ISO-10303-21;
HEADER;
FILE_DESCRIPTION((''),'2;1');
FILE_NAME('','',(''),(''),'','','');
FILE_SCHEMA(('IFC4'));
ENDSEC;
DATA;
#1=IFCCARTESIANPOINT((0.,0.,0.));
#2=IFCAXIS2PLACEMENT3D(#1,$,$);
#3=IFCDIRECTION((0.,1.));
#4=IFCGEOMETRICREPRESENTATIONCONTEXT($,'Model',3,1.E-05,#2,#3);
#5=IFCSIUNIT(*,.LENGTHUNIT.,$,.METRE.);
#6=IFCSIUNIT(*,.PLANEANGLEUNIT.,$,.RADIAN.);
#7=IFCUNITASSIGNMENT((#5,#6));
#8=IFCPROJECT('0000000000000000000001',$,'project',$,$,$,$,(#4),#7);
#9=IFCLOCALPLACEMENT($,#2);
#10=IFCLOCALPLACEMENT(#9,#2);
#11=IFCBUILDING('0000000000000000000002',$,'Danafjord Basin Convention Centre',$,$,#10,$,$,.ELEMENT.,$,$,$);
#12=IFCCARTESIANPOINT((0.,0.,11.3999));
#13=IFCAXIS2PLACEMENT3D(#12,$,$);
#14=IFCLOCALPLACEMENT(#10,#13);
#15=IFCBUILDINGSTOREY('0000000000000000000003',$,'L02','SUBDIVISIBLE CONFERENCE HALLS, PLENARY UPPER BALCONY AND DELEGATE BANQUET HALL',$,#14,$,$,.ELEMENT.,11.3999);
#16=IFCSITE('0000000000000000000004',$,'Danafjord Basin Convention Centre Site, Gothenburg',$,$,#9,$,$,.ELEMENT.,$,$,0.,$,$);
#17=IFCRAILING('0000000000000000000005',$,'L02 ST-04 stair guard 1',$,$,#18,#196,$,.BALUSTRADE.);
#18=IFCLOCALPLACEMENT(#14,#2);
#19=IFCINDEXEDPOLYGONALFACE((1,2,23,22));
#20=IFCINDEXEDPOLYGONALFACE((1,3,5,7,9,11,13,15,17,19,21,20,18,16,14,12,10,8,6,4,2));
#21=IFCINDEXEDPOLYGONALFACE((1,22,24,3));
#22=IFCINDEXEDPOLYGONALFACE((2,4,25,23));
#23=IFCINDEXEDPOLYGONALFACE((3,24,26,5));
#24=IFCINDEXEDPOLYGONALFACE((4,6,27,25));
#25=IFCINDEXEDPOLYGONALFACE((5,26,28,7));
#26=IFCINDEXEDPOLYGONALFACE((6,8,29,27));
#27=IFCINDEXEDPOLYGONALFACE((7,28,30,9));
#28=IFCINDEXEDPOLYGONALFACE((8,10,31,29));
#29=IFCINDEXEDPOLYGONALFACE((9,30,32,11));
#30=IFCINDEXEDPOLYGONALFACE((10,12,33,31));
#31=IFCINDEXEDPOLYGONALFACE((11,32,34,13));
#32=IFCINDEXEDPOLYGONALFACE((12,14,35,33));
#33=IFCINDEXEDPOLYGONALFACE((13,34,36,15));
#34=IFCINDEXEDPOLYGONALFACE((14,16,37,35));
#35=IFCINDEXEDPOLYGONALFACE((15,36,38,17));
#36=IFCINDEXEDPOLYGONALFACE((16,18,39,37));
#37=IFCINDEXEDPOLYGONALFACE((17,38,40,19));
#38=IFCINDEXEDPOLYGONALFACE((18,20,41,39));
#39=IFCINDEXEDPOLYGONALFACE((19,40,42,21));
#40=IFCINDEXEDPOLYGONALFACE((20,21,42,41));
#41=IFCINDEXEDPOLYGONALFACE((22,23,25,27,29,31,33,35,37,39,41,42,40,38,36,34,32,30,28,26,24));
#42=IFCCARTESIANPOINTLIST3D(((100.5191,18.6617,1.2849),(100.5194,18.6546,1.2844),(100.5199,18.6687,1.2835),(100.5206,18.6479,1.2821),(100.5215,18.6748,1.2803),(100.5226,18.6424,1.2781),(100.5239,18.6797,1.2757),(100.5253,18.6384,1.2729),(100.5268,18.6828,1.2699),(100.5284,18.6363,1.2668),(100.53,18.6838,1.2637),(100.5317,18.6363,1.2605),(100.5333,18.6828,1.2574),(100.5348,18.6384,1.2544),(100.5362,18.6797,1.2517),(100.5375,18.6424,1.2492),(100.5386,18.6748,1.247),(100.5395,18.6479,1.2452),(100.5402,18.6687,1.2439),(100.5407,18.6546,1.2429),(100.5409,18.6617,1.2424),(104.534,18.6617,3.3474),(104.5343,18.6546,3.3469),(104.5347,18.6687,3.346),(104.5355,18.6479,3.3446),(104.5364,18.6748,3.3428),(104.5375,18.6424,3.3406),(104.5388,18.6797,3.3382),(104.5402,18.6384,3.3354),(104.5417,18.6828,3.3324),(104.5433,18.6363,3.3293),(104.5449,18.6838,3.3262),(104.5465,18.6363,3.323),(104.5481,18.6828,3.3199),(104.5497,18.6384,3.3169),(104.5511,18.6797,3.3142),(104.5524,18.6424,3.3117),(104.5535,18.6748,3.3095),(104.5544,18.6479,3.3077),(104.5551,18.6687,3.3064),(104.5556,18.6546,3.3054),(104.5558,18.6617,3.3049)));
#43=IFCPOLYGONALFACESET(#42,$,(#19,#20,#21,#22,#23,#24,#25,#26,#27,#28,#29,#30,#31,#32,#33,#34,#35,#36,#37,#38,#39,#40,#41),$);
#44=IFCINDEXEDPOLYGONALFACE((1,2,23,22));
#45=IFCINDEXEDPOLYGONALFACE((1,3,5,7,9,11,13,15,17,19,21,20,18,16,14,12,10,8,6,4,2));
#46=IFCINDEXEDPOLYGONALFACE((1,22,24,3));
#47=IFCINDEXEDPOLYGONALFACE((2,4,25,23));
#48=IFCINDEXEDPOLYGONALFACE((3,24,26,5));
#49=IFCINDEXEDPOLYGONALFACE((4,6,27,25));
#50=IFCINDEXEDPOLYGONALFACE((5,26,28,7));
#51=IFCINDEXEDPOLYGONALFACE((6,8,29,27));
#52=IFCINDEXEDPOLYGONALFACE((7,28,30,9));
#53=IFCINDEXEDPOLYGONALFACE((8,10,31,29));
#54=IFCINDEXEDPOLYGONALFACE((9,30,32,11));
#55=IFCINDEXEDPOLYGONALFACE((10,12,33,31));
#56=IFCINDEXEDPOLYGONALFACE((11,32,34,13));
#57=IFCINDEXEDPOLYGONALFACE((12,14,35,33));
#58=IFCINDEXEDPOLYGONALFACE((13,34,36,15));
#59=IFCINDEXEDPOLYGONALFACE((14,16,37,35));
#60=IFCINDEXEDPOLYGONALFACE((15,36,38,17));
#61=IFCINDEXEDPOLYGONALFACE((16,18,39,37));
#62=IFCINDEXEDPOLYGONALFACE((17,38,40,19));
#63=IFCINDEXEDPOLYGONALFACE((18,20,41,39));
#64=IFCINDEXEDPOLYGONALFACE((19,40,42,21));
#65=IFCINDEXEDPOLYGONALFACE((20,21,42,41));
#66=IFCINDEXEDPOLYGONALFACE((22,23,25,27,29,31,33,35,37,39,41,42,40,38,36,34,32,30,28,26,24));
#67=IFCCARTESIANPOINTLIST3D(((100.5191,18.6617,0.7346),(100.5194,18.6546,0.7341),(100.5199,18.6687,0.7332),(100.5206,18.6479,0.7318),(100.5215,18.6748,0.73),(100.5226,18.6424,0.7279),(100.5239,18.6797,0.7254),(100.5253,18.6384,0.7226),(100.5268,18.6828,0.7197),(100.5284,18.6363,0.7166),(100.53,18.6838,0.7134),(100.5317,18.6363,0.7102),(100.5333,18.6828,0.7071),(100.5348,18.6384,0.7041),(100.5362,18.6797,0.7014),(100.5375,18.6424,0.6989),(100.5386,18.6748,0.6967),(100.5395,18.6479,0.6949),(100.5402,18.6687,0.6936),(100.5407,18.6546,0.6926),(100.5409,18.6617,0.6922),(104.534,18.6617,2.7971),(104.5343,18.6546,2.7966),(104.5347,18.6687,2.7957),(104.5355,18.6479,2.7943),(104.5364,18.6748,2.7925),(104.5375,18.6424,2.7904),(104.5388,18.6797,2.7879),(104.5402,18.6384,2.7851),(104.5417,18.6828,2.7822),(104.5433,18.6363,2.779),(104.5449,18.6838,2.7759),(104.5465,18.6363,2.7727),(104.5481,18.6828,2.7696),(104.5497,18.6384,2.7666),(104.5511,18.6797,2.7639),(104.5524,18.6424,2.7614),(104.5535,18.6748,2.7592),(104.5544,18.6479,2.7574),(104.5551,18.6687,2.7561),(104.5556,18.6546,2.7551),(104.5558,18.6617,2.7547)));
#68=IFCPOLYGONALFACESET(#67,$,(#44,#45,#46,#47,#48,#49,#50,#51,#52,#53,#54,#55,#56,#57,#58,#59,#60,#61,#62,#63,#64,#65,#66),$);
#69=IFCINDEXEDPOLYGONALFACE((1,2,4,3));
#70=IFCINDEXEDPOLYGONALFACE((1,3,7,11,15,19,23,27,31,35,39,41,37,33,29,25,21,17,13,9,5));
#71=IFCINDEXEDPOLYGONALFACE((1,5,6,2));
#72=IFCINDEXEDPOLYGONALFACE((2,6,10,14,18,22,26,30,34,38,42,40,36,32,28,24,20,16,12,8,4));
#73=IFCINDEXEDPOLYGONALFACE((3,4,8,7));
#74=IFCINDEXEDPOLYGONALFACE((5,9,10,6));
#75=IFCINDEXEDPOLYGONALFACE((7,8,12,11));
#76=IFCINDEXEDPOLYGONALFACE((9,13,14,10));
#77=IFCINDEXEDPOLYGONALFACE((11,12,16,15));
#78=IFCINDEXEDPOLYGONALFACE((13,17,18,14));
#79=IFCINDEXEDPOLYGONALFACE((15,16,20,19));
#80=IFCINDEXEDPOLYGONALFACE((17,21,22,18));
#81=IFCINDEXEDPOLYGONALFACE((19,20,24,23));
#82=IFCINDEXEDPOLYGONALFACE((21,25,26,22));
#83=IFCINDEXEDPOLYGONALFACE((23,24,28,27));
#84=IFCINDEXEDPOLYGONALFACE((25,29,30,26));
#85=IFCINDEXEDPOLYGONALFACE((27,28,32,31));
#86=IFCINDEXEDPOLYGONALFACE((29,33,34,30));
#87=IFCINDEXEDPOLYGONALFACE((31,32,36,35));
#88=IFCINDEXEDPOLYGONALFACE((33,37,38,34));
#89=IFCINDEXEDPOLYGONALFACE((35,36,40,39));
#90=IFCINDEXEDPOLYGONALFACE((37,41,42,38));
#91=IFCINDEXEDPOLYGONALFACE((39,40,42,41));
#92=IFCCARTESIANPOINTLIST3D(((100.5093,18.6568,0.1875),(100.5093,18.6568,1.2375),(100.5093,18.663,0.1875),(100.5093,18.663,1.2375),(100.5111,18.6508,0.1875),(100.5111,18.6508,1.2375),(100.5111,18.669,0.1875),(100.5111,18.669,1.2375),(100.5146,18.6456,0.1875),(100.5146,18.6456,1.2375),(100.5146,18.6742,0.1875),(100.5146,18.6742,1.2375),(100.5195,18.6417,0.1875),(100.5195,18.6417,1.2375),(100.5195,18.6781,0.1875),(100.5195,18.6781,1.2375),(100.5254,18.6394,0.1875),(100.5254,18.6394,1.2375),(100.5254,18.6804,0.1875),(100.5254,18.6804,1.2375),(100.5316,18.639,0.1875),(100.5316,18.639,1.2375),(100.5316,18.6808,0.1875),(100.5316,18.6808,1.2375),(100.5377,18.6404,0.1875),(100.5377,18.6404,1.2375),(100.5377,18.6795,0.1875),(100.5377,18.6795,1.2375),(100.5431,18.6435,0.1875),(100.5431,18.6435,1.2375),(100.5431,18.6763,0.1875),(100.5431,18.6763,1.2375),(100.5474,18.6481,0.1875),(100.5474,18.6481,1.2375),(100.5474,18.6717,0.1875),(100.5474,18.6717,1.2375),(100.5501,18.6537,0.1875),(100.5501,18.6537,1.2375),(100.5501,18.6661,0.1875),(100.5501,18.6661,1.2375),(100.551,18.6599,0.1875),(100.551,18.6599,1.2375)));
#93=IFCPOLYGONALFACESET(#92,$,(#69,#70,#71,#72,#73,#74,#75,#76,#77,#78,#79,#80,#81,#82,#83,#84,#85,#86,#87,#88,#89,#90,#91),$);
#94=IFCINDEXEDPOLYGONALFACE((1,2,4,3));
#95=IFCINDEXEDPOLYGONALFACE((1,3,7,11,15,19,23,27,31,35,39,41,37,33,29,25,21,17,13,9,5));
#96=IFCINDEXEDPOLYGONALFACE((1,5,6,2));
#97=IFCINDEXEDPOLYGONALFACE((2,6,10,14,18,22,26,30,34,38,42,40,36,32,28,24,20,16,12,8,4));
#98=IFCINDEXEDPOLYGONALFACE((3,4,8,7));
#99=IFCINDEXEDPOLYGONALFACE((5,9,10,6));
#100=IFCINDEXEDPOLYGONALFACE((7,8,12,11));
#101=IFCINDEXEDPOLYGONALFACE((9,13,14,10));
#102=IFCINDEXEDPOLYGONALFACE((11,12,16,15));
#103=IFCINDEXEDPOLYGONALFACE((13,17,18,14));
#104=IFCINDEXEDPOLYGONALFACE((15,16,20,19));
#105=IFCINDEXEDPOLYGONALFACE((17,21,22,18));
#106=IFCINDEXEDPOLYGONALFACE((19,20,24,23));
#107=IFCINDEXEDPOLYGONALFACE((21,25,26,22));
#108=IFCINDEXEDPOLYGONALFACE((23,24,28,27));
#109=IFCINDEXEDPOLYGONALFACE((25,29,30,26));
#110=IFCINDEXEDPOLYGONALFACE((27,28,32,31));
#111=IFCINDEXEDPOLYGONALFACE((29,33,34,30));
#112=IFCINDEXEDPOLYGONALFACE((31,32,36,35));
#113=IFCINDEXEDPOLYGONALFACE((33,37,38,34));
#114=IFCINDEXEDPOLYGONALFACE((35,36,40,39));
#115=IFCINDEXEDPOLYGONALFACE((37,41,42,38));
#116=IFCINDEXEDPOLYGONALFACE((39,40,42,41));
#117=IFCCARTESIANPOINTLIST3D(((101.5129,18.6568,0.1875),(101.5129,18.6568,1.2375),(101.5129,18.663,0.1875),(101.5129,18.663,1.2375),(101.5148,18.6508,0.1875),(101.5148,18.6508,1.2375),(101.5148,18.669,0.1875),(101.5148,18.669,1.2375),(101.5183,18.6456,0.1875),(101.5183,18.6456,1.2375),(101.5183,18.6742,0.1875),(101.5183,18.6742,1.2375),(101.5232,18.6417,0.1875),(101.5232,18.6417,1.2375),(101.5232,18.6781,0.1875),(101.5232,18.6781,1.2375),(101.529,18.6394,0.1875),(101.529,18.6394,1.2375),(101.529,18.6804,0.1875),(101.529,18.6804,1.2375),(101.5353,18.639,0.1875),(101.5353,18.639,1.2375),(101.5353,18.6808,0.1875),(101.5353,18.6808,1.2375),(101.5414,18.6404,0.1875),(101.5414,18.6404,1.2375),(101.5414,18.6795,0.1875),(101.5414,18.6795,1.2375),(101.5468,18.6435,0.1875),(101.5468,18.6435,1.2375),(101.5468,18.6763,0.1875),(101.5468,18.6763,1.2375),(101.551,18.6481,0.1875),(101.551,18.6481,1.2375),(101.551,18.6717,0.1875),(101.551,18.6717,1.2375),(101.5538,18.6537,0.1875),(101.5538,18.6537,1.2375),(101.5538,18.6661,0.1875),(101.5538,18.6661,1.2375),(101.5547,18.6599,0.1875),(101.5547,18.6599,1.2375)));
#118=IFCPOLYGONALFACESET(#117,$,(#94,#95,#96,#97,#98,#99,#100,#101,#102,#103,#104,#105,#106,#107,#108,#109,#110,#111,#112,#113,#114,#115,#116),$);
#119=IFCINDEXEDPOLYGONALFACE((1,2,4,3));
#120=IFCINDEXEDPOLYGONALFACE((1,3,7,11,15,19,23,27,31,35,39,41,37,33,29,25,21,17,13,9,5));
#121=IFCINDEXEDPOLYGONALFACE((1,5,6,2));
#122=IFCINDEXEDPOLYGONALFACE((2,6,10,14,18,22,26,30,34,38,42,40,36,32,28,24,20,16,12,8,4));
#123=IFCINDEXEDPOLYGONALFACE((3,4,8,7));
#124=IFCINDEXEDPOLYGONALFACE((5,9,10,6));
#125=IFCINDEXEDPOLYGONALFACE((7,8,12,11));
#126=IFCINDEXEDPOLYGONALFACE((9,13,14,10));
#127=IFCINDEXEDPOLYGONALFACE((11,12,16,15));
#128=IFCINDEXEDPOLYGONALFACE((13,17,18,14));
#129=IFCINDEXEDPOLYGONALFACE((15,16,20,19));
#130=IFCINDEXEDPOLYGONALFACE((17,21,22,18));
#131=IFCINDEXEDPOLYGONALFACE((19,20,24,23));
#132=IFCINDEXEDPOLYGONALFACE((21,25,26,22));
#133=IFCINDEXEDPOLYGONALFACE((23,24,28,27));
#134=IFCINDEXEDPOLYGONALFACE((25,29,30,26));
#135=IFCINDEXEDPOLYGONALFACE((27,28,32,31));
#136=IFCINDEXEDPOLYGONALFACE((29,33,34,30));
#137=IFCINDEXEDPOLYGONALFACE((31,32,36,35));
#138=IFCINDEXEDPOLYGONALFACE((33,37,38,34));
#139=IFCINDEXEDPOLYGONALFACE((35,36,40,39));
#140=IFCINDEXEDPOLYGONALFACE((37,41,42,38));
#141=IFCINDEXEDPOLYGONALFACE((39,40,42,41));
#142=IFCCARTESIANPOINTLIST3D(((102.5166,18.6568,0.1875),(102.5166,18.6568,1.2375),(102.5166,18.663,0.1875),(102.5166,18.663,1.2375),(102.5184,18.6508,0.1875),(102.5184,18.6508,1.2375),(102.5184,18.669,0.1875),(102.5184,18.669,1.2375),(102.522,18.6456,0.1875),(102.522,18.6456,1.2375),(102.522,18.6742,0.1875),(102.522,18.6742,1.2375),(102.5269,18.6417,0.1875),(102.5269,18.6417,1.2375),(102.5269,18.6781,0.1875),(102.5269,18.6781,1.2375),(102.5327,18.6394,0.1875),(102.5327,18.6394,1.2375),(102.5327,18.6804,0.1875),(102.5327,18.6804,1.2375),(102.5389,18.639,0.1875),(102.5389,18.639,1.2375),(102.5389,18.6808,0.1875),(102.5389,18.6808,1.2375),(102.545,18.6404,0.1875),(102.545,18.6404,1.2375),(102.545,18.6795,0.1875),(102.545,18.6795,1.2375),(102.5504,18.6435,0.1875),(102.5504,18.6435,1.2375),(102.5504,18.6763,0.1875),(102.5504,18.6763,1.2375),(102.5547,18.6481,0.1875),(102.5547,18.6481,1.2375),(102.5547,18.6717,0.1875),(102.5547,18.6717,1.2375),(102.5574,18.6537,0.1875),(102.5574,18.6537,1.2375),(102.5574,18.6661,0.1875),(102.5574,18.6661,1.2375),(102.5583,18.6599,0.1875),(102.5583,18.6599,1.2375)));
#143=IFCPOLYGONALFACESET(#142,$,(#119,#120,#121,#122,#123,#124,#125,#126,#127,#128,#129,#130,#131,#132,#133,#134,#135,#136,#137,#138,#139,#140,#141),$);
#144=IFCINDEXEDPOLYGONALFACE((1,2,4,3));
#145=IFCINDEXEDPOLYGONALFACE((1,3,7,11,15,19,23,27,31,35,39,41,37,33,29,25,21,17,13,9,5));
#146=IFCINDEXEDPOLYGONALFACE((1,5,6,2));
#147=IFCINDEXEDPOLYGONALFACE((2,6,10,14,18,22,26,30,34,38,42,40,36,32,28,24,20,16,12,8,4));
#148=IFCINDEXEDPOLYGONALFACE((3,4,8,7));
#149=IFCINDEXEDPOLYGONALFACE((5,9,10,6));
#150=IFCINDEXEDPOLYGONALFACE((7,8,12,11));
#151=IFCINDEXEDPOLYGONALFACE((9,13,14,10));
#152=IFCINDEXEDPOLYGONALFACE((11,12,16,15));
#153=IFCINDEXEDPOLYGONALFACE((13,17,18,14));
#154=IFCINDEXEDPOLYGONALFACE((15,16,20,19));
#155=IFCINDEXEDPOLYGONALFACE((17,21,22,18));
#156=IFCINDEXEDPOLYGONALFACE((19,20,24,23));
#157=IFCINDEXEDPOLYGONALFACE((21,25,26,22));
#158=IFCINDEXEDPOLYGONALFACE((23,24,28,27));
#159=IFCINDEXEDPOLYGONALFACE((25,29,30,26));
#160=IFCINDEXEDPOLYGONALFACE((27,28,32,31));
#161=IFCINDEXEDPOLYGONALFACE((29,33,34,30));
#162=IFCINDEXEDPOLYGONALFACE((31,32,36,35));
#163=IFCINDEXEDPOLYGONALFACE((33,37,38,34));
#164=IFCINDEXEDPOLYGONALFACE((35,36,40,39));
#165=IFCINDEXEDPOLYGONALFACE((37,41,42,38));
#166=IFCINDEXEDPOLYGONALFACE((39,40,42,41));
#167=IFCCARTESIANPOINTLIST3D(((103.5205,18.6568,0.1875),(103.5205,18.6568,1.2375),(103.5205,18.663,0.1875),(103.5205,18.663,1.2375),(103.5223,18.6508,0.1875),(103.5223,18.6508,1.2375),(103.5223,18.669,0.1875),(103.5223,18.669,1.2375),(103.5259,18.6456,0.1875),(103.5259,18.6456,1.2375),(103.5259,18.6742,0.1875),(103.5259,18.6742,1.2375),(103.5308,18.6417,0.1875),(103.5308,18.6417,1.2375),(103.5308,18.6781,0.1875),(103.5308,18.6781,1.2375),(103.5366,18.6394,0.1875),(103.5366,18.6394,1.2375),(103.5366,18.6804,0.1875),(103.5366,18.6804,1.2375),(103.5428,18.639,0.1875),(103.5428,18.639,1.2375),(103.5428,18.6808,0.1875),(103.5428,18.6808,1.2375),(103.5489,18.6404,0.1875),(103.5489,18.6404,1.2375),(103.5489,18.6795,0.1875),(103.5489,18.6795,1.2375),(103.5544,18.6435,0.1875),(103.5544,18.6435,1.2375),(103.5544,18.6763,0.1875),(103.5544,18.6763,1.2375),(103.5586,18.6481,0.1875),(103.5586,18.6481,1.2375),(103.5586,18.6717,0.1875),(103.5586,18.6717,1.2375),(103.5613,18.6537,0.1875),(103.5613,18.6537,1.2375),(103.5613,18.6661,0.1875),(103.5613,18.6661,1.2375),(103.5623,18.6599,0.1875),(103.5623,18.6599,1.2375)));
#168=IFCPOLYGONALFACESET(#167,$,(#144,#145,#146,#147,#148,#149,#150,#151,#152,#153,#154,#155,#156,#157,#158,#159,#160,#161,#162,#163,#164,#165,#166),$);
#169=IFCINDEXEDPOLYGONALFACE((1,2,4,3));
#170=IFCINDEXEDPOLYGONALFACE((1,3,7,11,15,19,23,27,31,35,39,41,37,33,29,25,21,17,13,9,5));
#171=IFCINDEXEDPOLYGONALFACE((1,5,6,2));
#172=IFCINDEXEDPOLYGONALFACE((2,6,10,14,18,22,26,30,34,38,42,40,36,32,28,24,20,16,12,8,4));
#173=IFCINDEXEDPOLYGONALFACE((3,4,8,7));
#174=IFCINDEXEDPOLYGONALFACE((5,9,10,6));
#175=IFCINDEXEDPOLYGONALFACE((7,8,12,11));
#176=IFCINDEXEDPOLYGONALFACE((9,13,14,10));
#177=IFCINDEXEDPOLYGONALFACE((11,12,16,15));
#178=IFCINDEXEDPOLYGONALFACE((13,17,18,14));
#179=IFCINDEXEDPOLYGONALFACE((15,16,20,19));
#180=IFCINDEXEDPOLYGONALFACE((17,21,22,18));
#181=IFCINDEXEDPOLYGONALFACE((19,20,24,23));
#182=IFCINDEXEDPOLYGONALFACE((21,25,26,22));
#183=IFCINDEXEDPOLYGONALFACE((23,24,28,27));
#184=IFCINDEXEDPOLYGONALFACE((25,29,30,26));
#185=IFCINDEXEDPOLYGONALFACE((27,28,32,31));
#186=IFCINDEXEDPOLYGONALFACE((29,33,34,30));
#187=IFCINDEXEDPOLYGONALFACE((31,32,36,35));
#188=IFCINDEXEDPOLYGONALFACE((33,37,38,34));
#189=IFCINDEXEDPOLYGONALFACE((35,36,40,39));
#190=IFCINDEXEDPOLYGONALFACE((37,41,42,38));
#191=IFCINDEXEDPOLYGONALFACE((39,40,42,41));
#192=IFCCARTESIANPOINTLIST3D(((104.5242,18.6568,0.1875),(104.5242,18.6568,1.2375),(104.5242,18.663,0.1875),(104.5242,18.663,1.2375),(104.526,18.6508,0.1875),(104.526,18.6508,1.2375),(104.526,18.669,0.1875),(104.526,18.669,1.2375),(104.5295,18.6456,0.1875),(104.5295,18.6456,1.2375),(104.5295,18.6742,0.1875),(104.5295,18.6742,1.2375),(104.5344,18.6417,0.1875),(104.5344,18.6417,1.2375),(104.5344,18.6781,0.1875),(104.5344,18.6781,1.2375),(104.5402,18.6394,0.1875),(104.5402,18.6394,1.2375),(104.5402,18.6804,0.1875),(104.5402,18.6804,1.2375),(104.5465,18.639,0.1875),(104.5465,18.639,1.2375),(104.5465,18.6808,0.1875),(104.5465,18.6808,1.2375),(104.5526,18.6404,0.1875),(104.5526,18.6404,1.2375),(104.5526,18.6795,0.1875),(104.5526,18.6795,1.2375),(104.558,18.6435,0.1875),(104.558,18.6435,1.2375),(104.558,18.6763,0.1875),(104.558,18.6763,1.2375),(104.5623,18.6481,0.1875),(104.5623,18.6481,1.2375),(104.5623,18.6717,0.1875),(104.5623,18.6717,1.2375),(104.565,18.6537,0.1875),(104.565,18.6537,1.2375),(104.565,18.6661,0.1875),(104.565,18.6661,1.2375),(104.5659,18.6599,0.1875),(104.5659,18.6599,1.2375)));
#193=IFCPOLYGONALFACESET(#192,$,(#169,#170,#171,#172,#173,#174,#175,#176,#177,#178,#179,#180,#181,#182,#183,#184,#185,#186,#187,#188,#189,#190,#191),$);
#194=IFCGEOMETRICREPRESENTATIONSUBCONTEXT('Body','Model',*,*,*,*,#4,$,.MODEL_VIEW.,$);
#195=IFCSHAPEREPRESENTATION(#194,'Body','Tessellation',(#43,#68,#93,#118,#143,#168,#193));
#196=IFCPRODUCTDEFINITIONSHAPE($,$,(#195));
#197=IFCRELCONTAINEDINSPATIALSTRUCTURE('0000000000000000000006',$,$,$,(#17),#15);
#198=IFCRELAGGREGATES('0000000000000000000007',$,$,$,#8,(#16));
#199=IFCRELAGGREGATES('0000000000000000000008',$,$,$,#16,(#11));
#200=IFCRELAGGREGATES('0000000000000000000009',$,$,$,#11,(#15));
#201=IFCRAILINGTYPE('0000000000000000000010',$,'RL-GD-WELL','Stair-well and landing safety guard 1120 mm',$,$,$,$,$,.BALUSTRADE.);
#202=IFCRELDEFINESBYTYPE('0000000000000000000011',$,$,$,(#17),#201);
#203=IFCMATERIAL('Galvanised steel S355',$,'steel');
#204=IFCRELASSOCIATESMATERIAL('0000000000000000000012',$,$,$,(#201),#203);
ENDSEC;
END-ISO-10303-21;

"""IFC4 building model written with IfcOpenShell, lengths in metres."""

from ifc_helpers import new_model, si_unit, direction, frame, origin, origin_2d, place, context, subcontext, project, spatial, circle, extrude, material, type_object, element, save


model = new_model("IFC4")

# Units and contexts
model_context = context("Model", 3, precision=1e-05, world=origin(), true_north=direction((0.0, 1.0)))
body_context = subcontext(model_context, "Body", "Model", "MODEL_VIEW")
ifc_project = project(units=[si_unit("LENGTHUNIT", "METRE"), si_unit("PLANEANGLEUNIT", "RADIAN")], contexts=[model_context])

# Site, building, storey
site_placement = place(None, origin())
site = spatial("IfcSite", under=ifc_project, at=site_placement, Name="Danafjord Basin Convention Centre Site, Gothenburg", CompositionType="ELEMENT", RefElevation=0.0)
building_placement = place(site_placement, origin())
building = spatial("IfcBuilding", under=site, at=building_placement, Name="Danafjord Basin Convention Centre", CompositionType="ELEMENT")
storey_placement = place(building_placement, frame((0.0, 0.0, 11.3999)))
storey = spatial("IfcBuildingStorey", under=building, at=storey_placement, Name="L02", Description="SUBDIVISIBLE CONFERENCE HALLS, PLENARY UPPER BALCONY AND DELEGATE BANQUET HALL", CompositionType="ELEMENT", Elevation=11.3999)

# Railing
ifc_material_1 = material(Name="Galvanised steel S355", Category="steel")
railing_type_1 = type_object("IfcRailingType", Name="RL-GD-WELL", Description="Stair-well and landing safety guard 1120 mm", PredefinedType="BALUSTRADE", material=ifc_material_1)
railing_1_placement = place(storey_placement, frame((100.53, 18.6599, 0.1875)))
element("IfcRailing", 1, at=railing_1_placement, inside=storey, type_object=railing_type_1, Name="L02 ST-04 stair guard 1", PredefinedType="BALUSTRADE", context=body_context, shape_type="SweptSolid", body=[
    extrude(circle(Radius=0.0239, at=origin_2d()), frame((0.0, 0.0, 1.0762), z_axis=(0.889495, 0.0, 0.456945), x_axis=(0.0, 1.0, 0.0)), (0.0, 0.0, 1.0), 4.5137),
    extrude(circle(Radius=0.0239, at=origin_2d()), frame((0.0, 0.0, 0.5259), z_axis=(0.889495, 0.0, 0.456945), x_axis=(0.0, 1.0, 0.0)), (0.0, 0.0, 1.0), 4.5137),
    extrude(circle(Radius=0.021, at=origin_2d()), origin(), (0.0, 0.0, 1.0), 1.05),
    extrude(circle(Radius=0.021, at=origin_2d()), frame((1.0037, 0.0, 0.0)), (0.0, 0.0, 1.0), 1.05),
    extrude(circle(Radius=0.021, at=origin_2d()), frame((2.0073, 0.0, 0.0)), (0.0, 0.0, 1.0), 1.05),
    extrude(circle(Radius=0.021, at=origin_2d()), frame((3.0112, 0.0, 0.0)), (0.0, 0.0, 1.0), 1.05),
    extrude(circle(Radius=0.021, at=origin_2d()), frame((4.0149, 0.0, 0.0)), (0.0, 0.0, 1.0), 1.05),
])

save(model, "model.ifc")
